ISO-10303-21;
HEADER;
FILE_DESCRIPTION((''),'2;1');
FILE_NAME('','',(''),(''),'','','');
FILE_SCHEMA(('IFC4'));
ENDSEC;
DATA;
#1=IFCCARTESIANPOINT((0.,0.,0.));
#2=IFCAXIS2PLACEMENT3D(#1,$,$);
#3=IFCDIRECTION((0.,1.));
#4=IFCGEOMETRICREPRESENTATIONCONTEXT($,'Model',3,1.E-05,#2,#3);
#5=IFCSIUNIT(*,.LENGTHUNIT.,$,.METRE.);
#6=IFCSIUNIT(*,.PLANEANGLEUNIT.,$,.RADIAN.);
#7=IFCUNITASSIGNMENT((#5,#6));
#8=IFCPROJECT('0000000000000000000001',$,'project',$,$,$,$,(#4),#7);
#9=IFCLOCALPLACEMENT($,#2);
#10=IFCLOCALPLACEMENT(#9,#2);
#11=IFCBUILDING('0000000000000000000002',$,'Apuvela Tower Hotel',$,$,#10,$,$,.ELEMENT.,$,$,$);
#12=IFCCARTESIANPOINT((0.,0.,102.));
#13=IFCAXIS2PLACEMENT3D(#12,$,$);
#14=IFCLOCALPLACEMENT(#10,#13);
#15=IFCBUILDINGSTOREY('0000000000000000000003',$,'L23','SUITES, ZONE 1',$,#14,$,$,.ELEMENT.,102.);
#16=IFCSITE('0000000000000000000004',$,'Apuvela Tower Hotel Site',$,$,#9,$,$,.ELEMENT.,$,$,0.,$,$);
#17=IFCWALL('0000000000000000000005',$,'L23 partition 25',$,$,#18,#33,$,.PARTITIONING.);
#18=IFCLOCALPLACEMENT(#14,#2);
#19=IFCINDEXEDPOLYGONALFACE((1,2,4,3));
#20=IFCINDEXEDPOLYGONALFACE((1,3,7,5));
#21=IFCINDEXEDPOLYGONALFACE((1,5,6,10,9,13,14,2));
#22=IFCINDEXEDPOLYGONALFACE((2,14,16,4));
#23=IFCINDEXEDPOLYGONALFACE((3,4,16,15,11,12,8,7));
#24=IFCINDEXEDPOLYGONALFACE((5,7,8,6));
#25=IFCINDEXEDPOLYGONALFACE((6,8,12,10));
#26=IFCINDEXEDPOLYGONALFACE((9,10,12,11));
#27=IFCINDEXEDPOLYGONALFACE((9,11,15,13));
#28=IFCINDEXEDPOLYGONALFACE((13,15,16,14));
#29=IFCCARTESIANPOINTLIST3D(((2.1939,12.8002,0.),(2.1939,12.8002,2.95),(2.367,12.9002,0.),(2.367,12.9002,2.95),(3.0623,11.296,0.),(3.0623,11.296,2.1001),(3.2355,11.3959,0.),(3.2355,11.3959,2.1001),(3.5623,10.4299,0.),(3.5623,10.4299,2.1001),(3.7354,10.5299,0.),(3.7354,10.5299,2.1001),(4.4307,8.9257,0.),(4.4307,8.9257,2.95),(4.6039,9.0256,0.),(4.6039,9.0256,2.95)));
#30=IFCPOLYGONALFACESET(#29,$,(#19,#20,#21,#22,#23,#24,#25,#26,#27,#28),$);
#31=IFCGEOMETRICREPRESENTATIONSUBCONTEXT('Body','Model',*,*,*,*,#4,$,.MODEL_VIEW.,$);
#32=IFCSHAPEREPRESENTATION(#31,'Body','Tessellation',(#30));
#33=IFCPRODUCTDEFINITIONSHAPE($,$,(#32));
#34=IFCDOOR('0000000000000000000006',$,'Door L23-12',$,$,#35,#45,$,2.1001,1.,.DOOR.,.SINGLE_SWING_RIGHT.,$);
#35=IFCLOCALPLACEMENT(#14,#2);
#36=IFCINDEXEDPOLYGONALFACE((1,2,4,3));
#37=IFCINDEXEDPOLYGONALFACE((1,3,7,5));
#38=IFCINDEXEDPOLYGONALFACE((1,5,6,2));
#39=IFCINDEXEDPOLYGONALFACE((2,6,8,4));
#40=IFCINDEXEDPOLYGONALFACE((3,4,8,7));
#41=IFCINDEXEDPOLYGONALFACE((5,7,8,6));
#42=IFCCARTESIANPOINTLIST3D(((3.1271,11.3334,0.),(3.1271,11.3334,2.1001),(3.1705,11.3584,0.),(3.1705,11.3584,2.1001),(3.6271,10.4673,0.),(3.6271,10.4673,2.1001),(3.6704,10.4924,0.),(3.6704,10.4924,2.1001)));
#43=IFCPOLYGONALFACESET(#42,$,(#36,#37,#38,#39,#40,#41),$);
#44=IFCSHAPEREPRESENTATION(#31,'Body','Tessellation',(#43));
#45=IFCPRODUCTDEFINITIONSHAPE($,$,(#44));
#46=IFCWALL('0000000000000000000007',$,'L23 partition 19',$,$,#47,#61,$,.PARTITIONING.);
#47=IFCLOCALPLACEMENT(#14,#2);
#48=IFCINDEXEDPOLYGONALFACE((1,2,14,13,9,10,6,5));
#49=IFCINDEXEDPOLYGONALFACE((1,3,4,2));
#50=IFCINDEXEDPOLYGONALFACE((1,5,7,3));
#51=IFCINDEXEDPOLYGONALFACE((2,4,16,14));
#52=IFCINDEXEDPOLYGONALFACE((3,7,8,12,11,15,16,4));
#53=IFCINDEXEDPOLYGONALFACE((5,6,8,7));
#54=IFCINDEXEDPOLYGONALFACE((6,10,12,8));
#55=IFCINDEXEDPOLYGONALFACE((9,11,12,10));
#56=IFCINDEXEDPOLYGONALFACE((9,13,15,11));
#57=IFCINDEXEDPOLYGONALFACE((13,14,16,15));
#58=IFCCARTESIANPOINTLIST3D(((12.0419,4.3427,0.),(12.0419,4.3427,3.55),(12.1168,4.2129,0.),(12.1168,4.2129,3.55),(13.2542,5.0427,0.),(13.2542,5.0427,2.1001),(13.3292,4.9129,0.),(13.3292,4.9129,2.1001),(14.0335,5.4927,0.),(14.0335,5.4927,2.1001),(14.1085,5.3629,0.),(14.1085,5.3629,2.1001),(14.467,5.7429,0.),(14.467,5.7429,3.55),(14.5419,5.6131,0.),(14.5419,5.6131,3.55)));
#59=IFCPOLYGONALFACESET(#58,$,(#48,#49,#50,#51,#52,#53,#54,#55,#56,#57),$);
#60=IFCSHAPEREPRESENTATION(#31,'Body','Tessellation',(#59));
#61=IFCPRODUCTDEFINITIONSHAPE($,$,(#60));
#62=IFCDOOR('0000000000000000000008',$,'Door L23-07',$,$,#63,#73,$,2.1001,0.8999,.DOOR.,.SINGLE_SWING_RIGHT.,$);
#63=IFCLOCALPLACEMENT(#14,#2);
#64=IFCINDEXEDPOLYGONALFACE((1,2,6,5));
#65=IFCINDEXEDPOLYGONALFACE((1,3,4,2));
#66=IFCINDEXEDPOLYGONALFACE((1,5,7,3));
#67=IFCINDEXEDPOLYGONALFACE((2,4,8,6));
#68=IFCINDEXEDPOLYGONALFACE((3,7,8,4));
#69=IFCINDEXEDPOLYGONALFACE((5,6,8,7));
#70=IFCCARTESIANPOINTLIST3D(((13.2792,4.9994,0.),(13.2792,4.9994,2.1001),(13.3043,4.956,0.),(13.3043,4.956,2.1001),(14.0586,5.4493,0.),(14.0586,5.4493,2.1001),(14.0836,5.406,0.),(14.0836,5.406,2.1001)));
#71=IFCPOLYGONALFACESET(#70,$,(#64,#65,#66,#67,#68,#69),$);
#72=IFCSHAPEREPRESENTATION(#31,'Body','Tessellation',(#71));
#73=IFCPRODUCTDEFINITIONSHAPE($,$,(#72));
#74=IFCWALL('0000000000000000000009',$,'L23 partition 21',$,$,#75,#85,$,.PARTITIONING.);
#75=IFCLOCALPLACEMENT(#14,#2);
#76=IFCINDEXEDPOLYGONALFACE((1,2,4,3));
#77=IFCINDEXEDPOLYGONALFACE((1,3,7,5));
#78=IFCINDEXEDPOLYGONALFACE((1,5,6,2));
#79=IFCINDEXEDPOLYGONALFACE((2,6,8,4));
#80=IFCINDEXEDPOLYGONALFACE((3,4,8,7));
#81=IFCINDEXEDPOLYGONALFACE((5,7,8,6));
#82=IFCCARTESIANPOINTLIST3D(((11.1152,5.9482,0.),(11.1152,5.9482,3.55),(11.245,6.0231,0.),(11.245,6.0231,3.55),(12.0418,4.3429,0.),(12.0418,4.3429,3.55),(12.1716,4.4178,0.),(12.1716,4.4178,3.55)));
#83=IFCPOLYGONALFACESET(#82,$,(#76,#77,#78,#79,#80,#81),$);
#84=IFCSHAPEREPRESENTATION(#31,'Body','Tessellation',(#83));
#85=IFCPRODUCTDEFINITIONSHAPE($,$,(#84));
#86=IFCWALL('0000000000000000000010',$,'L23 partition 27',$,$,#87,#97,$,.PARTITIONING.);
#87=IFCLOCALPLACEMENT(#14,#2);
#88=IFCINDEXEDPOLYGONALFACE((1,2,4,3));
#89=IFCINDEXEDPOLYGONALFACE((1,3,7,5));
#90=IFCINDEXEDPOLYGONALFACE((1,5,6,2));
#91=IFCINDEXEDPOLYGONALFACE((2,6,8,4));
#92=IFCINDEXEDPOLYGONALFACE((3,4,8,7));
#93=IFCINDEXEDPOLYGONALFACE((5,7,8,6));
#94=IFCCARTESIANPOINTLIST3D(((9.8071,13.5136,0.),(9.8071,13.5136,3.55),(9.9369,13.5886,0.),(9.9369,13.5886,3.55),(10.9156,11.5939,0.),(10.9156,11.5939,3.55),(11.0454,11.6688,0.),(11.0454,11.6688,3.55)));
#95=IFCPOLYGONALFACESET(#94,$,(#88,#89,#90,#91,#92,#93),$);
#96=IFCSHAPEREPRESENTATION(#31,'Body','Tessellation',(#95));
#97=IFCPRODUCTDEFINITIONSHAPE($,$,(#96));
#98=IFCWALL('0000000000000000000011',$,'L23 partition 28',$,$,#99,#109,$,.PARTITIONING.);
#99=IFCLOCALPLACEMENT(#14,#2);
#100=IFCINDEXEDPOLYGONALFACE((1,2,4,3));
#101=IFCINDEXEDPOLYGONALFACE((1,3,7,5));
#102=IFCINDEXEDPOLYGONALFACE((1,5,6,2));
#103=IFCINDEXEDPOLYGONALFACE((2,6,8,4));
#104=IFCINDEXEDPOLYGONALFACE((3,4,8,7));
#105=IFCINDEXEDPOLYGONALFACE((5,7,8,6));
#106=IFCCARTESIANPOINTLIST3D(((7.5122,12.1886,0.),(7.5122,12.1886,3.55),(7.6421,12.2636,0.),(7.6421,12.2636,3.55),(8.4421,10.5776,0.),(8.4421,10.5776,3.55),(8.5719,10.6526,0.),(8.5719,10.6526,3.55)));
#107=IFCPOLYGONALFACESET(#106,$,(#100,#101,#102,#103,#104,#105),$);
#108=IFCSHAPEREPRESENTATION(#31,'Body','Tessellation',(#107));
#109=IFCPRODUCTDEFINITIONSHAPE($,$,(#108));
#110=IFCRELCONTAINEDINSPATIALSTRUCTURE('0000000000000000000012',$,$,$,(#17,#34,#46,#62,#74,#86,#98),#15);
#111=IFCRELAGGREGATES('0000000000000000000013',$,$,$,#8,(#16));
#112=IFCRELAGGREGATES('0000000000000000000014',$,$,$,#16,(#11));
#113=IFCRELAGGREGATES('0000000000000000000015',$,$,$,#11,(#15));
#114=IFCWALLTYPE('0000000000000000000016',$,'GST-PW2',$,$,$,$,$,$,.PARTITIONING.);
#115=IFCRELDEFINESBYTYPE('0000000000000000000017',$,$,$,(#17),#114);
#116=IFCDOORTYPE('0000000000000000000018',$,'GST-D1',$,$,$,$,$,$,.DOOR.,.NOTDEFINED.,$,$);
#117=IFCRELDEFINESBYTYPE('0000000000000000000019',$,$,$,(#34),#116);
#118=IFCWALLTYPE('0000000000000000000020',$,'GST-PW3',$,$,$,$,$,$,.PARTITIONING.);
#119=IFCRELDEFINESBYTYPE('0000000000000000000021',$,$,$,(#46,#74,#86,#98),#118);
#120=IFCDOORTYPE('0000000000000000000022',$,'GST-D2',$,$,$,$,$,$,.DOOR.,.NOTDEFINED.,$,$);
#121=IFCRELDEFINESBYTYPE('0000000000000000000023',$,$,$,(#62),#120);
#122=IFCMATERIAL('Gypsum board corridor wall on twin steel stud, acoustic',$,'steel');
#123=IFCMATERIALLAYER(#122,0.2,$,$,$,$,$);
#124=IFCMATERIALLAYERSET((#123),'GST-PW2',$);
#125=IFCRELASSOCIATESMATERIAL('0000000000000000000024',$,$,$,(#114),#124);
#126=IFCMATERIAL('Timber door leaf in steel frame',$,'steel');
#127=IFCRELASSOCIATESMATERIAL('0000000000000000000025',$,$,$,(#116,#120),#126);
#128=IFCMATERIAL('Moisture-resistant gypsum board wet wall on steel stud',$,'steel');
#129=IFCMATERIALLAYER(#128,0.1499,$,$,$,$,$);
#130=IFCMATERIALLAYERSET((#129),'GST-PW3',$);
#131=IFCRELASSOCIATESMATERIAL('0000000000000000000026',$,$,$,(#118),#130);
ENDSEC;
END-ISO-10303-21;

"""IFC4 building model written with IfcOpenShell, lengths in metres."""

from ifc_helpers import new_model, si_unit, direction, frame, frame_2d, origin, place, context, subcontext, project, spatial, rectangle, extrude, material, layer, layer_set, type_object, element, fill, save


model = new_model("IFC4")

# Units and contexts
model_context = context("Model", 3, precision=1e-05, world=origin(), true_north=direction((0.0, 1.0)))
body_context = subcontext(model_context, "Body", "Model", "MODEL_VIEW")
ifc_project = project(units=[si_unit("LENGTHUNIT", "METRE"), si_unit("PLANEANGLEUNIT", "RADIAN")], contexts=[model_context])

# Site, building, storey
site_placement = place(None, origin())
site = spatial("IfcSite", under=ifc_project, at=site_placement, Name="Apuvela Tower Hotel Site", CompositionType="ELEMENT", RefElevation=0.0)
building_placement = place(site_placement, origin())
building = spatial("IfcBuilding", under=site, at=building_placement, Name="Apuvela Tower Hotel", CompositionType="ELEMENT")
storey_placement = place(building_placement, frame((0.0, 0.0, 102.0)))
storey = spatial("IfcBuildingStorey", under=building, at=storey_placement, Name="L23", Description="SUITES, ZONE 1", CompositionType="ELEMENT", Elevation=102.0)

# Walls, openings, doors
ifc_material_1 = material(Name="Gypsum board corridor wall on twin steel stud, acoustic", Category="steel")
ifc_layer_1 = layer(ifc_material_1, 0.2)
ifc_layer_set_1 = layer_set([ifc_layer_1], Name="GST-PW2")
wall_type_1 = type_object("IfcWallType", Name="GST-PW2", PredefinedType="PARTITIONING", material=ifc_layer_set_1)
ifc_material_2 = material(Name="Timber door leaf in steel frame", Category="steel")
door_type_1 = type_object("IfcDoorType", Name="GST-D1", OperationType="NOTDEFINED", PredefinedType="DOOR", material=ifc_material_2)
door_type_2 = type_object("IfcDoorType", Name="GST-D2", OperationType="NOTDEFINED", PredefinedType="DOOR", material=ifc_material_2)
wall_1_placement = place(storey_placement, frame((2.2805, 12.8501, 0.0), z_axis=(0.0, 0.0, 1.0), x_axis=(0.499978, -0.866038, 0.0)))
wall_1 = element("IfcWall", 1, at=wall_1_placement, inside=storey, type_object=wall_type_1, Name="L23 partition 25", PredefinedType="PARTITIONING", context=body_context, shape_type="SweptSolid", body=[
    extrude(rectangle(XDim=4.4739, YDim=0.2, at=frame_2d((2.2368, 0.0))), origin(), (0.0, 0.0, 1.0), 2.95),
])
opening_1_placement = place(wall_1_placement, frame((1.7368, 0.0, 0.0)))
opening_1 = element("IfcOpeningElement", 2, at=opening_1_placement, cuts=wall_1, PredefinedType="OPENING", context=body_context, shape_type="SweptSolid", body=[
    extrude(rectangle(XDim=1.0, YDim=2.1001, at=frame_2d((0.5, 1.05))), frame((0.0, 0.1099, 0.0), z_axis=(0.0, -1.0, 0.0), x_axis=(1.0, 0.0, 0.0)), (0.0, 0.0, 1.0), 0.22),
])
door_1_placement = place(opening_1_placement, origin())
door_1 = element("IfcDoor", 3, at=door_1_placement, inside=storey, type_object=door_type_1, Name="Door L23-12", OperationType="SINGLE_SWING_RIGHT", OverallHeight=2.1001, OverallWidth=1.0, PredefinedType="DOOR", context=body_context, shape_type="SweptSolid", body=[
    extrude(rectangle(XDim=1.0, YDim=2.1001, at=frame_2d((0.5, 1.05))), frame((0.0, 0.0249, 0.0), z_axis=(0.0, -1.0, 0.0), x_axis=(1.0, 0.0, 0.0)), (0.0, 0.0, 1.0), 0.05),
])
fill(opening_1, door_1)
ifc_material_3 = material(Name="Moisture-resistant gypsum board wet wall on steel stud", Category="steel")
ifc_layer_2 = layer(ifc_material_3, 0.1499)
ifc_layer_set_2 = layer_set([ifc_layer_2], Name="GST-PW3")
wall_type_2 = type_object("IfcWallType", Name="GST-PW3", PredefinedType="PARTITIONING", material=ifc_layer_set_2)
wall_2_placement = place(storey_placement, frame((12.0793, 4.2778, 0.0), z_axis=(0.0, 0.0, 1.0), x_axis=(0.866019, 0.500012, 0.0)))
wall_2 = element("IfcWall", 4, at=wall_2_placement, inside=storey, type_object=wall_type_2, Name="L23 partition 19", PredefinedType="PARTITIONING", context=body_context, shape_type="SweptSolid", body=[
    extrude(rectangle(XDim=2.8003, YDim=0.1499, at=frame_2d((1.4001, 0.0))), origin(), (0.0, 0.0, 1.0), 3.55),
])
opening_2_placement = place(wall_2_placement, frame((1.3999, 0.0, 0.0)))
opening_2 = element("IfcOpeningElement", 5, at=opening_2_placement, cuts=wall_2, PredefinedType="OPENING", context=body_context, shape_type="SweptSolid", body=[
    extrude(rectangle(XDim=0.8999, YDim=2.1001, at=frame_2d((0.45, 1.05))), frame((0.0, 0.085, 0.0), z_axis=(0.0, -1.0, 0.0), x_axis=(1.0, 0.0, 0.0)), (0.0, 0.0, 1.0), 0.1699),
])
door_2_placement = place(opening_2_placement, origin())
door_2 = element("IfcDoor", 6, at=door_2_placement, inside=storey, type_object=door_type_2, Name="Door L23-07", OperationType="SINGLE_SWING_RIGHT", OverallHeight=2.1001, OverallWidth=0.8999, PredefinedType="DOOR", context=body_context, shape_type="SweptSolid", body=[
    extrude(rectangle(XDim=0.8999, YDim=2.1001, at=frame_2d((0.45, 1.05))), frame((0.0, 0.0249, 0.0), z_axis=(0.0, -1.0, 0.0), x_axis=(1.0, 0.0, 0.0)), (0.0, 0.0, 1.0), 0.05),
])
fill(opening_2, door_2)

# Walls
wall_3_placement = place(storey_placement, frame((12.1067, 4.3804, 0.0), z_axis=(0.0, 0.0, 1.0), x_axis=(-0.499893, 0.866087, 0.0)))
element("IfcWall", 7, at=wall_3_placement, inside=storey, type_object=wall_type_2, Name="L23 partition 21", PredefinedType="PARTITIONING", context=body_context, shape_type="SweptSolid", body=[
    extrude(rectangle(XDim=1.8535, YDim=0.1499, at=frame_2d((0.9268, 0.0))), origin(), (0.0, 0.0, 1.0), 3.55),
])
wall_4_placement = place(storey_placement, frame((10.9805, 11.6313, 0.0), z_axis=(0.0, 0.0, 1.0), x_axis=(-0.500024, 0.866011, 0.0)))
element("IfcWall", 8, at=wall_4_placement, inside=storey, type_object=wall_type_2, Name="L23 partition 27", PredefinedType="PARTITIONING", context=body_context, shape_type="SweptSolid", body=[
    extrude(rectangle(XDim=2.2168, YDim=0.1499, at=frame_2d((1.1084, 0.0))), origin(), (0.0, 0.0, 1.0), 3.55),
])
wall_5_placement = place(storey_placement, frame((8.5071, 10.615, 0.0), z_axis=(0.0, 0.0, 1.0), x_axis=(-0.499908, 0.866079, 0.0)))
element("IfcWall", 9, at=wall_5_placement, inside=storey, type_object=wall_type_2, Name="L23 partition 28", PredefinedType="PARTITIONING", context=body_context, shape_type="SweptSolid", body=[
    extrude(rectangle(XDim=1.8601, YDim=0.1499, at=frame_2d((0.9302, 0.0))), origin(), (0.0, 0.0, 1.0), 3.55),
])

save(model, "model.ifc")
